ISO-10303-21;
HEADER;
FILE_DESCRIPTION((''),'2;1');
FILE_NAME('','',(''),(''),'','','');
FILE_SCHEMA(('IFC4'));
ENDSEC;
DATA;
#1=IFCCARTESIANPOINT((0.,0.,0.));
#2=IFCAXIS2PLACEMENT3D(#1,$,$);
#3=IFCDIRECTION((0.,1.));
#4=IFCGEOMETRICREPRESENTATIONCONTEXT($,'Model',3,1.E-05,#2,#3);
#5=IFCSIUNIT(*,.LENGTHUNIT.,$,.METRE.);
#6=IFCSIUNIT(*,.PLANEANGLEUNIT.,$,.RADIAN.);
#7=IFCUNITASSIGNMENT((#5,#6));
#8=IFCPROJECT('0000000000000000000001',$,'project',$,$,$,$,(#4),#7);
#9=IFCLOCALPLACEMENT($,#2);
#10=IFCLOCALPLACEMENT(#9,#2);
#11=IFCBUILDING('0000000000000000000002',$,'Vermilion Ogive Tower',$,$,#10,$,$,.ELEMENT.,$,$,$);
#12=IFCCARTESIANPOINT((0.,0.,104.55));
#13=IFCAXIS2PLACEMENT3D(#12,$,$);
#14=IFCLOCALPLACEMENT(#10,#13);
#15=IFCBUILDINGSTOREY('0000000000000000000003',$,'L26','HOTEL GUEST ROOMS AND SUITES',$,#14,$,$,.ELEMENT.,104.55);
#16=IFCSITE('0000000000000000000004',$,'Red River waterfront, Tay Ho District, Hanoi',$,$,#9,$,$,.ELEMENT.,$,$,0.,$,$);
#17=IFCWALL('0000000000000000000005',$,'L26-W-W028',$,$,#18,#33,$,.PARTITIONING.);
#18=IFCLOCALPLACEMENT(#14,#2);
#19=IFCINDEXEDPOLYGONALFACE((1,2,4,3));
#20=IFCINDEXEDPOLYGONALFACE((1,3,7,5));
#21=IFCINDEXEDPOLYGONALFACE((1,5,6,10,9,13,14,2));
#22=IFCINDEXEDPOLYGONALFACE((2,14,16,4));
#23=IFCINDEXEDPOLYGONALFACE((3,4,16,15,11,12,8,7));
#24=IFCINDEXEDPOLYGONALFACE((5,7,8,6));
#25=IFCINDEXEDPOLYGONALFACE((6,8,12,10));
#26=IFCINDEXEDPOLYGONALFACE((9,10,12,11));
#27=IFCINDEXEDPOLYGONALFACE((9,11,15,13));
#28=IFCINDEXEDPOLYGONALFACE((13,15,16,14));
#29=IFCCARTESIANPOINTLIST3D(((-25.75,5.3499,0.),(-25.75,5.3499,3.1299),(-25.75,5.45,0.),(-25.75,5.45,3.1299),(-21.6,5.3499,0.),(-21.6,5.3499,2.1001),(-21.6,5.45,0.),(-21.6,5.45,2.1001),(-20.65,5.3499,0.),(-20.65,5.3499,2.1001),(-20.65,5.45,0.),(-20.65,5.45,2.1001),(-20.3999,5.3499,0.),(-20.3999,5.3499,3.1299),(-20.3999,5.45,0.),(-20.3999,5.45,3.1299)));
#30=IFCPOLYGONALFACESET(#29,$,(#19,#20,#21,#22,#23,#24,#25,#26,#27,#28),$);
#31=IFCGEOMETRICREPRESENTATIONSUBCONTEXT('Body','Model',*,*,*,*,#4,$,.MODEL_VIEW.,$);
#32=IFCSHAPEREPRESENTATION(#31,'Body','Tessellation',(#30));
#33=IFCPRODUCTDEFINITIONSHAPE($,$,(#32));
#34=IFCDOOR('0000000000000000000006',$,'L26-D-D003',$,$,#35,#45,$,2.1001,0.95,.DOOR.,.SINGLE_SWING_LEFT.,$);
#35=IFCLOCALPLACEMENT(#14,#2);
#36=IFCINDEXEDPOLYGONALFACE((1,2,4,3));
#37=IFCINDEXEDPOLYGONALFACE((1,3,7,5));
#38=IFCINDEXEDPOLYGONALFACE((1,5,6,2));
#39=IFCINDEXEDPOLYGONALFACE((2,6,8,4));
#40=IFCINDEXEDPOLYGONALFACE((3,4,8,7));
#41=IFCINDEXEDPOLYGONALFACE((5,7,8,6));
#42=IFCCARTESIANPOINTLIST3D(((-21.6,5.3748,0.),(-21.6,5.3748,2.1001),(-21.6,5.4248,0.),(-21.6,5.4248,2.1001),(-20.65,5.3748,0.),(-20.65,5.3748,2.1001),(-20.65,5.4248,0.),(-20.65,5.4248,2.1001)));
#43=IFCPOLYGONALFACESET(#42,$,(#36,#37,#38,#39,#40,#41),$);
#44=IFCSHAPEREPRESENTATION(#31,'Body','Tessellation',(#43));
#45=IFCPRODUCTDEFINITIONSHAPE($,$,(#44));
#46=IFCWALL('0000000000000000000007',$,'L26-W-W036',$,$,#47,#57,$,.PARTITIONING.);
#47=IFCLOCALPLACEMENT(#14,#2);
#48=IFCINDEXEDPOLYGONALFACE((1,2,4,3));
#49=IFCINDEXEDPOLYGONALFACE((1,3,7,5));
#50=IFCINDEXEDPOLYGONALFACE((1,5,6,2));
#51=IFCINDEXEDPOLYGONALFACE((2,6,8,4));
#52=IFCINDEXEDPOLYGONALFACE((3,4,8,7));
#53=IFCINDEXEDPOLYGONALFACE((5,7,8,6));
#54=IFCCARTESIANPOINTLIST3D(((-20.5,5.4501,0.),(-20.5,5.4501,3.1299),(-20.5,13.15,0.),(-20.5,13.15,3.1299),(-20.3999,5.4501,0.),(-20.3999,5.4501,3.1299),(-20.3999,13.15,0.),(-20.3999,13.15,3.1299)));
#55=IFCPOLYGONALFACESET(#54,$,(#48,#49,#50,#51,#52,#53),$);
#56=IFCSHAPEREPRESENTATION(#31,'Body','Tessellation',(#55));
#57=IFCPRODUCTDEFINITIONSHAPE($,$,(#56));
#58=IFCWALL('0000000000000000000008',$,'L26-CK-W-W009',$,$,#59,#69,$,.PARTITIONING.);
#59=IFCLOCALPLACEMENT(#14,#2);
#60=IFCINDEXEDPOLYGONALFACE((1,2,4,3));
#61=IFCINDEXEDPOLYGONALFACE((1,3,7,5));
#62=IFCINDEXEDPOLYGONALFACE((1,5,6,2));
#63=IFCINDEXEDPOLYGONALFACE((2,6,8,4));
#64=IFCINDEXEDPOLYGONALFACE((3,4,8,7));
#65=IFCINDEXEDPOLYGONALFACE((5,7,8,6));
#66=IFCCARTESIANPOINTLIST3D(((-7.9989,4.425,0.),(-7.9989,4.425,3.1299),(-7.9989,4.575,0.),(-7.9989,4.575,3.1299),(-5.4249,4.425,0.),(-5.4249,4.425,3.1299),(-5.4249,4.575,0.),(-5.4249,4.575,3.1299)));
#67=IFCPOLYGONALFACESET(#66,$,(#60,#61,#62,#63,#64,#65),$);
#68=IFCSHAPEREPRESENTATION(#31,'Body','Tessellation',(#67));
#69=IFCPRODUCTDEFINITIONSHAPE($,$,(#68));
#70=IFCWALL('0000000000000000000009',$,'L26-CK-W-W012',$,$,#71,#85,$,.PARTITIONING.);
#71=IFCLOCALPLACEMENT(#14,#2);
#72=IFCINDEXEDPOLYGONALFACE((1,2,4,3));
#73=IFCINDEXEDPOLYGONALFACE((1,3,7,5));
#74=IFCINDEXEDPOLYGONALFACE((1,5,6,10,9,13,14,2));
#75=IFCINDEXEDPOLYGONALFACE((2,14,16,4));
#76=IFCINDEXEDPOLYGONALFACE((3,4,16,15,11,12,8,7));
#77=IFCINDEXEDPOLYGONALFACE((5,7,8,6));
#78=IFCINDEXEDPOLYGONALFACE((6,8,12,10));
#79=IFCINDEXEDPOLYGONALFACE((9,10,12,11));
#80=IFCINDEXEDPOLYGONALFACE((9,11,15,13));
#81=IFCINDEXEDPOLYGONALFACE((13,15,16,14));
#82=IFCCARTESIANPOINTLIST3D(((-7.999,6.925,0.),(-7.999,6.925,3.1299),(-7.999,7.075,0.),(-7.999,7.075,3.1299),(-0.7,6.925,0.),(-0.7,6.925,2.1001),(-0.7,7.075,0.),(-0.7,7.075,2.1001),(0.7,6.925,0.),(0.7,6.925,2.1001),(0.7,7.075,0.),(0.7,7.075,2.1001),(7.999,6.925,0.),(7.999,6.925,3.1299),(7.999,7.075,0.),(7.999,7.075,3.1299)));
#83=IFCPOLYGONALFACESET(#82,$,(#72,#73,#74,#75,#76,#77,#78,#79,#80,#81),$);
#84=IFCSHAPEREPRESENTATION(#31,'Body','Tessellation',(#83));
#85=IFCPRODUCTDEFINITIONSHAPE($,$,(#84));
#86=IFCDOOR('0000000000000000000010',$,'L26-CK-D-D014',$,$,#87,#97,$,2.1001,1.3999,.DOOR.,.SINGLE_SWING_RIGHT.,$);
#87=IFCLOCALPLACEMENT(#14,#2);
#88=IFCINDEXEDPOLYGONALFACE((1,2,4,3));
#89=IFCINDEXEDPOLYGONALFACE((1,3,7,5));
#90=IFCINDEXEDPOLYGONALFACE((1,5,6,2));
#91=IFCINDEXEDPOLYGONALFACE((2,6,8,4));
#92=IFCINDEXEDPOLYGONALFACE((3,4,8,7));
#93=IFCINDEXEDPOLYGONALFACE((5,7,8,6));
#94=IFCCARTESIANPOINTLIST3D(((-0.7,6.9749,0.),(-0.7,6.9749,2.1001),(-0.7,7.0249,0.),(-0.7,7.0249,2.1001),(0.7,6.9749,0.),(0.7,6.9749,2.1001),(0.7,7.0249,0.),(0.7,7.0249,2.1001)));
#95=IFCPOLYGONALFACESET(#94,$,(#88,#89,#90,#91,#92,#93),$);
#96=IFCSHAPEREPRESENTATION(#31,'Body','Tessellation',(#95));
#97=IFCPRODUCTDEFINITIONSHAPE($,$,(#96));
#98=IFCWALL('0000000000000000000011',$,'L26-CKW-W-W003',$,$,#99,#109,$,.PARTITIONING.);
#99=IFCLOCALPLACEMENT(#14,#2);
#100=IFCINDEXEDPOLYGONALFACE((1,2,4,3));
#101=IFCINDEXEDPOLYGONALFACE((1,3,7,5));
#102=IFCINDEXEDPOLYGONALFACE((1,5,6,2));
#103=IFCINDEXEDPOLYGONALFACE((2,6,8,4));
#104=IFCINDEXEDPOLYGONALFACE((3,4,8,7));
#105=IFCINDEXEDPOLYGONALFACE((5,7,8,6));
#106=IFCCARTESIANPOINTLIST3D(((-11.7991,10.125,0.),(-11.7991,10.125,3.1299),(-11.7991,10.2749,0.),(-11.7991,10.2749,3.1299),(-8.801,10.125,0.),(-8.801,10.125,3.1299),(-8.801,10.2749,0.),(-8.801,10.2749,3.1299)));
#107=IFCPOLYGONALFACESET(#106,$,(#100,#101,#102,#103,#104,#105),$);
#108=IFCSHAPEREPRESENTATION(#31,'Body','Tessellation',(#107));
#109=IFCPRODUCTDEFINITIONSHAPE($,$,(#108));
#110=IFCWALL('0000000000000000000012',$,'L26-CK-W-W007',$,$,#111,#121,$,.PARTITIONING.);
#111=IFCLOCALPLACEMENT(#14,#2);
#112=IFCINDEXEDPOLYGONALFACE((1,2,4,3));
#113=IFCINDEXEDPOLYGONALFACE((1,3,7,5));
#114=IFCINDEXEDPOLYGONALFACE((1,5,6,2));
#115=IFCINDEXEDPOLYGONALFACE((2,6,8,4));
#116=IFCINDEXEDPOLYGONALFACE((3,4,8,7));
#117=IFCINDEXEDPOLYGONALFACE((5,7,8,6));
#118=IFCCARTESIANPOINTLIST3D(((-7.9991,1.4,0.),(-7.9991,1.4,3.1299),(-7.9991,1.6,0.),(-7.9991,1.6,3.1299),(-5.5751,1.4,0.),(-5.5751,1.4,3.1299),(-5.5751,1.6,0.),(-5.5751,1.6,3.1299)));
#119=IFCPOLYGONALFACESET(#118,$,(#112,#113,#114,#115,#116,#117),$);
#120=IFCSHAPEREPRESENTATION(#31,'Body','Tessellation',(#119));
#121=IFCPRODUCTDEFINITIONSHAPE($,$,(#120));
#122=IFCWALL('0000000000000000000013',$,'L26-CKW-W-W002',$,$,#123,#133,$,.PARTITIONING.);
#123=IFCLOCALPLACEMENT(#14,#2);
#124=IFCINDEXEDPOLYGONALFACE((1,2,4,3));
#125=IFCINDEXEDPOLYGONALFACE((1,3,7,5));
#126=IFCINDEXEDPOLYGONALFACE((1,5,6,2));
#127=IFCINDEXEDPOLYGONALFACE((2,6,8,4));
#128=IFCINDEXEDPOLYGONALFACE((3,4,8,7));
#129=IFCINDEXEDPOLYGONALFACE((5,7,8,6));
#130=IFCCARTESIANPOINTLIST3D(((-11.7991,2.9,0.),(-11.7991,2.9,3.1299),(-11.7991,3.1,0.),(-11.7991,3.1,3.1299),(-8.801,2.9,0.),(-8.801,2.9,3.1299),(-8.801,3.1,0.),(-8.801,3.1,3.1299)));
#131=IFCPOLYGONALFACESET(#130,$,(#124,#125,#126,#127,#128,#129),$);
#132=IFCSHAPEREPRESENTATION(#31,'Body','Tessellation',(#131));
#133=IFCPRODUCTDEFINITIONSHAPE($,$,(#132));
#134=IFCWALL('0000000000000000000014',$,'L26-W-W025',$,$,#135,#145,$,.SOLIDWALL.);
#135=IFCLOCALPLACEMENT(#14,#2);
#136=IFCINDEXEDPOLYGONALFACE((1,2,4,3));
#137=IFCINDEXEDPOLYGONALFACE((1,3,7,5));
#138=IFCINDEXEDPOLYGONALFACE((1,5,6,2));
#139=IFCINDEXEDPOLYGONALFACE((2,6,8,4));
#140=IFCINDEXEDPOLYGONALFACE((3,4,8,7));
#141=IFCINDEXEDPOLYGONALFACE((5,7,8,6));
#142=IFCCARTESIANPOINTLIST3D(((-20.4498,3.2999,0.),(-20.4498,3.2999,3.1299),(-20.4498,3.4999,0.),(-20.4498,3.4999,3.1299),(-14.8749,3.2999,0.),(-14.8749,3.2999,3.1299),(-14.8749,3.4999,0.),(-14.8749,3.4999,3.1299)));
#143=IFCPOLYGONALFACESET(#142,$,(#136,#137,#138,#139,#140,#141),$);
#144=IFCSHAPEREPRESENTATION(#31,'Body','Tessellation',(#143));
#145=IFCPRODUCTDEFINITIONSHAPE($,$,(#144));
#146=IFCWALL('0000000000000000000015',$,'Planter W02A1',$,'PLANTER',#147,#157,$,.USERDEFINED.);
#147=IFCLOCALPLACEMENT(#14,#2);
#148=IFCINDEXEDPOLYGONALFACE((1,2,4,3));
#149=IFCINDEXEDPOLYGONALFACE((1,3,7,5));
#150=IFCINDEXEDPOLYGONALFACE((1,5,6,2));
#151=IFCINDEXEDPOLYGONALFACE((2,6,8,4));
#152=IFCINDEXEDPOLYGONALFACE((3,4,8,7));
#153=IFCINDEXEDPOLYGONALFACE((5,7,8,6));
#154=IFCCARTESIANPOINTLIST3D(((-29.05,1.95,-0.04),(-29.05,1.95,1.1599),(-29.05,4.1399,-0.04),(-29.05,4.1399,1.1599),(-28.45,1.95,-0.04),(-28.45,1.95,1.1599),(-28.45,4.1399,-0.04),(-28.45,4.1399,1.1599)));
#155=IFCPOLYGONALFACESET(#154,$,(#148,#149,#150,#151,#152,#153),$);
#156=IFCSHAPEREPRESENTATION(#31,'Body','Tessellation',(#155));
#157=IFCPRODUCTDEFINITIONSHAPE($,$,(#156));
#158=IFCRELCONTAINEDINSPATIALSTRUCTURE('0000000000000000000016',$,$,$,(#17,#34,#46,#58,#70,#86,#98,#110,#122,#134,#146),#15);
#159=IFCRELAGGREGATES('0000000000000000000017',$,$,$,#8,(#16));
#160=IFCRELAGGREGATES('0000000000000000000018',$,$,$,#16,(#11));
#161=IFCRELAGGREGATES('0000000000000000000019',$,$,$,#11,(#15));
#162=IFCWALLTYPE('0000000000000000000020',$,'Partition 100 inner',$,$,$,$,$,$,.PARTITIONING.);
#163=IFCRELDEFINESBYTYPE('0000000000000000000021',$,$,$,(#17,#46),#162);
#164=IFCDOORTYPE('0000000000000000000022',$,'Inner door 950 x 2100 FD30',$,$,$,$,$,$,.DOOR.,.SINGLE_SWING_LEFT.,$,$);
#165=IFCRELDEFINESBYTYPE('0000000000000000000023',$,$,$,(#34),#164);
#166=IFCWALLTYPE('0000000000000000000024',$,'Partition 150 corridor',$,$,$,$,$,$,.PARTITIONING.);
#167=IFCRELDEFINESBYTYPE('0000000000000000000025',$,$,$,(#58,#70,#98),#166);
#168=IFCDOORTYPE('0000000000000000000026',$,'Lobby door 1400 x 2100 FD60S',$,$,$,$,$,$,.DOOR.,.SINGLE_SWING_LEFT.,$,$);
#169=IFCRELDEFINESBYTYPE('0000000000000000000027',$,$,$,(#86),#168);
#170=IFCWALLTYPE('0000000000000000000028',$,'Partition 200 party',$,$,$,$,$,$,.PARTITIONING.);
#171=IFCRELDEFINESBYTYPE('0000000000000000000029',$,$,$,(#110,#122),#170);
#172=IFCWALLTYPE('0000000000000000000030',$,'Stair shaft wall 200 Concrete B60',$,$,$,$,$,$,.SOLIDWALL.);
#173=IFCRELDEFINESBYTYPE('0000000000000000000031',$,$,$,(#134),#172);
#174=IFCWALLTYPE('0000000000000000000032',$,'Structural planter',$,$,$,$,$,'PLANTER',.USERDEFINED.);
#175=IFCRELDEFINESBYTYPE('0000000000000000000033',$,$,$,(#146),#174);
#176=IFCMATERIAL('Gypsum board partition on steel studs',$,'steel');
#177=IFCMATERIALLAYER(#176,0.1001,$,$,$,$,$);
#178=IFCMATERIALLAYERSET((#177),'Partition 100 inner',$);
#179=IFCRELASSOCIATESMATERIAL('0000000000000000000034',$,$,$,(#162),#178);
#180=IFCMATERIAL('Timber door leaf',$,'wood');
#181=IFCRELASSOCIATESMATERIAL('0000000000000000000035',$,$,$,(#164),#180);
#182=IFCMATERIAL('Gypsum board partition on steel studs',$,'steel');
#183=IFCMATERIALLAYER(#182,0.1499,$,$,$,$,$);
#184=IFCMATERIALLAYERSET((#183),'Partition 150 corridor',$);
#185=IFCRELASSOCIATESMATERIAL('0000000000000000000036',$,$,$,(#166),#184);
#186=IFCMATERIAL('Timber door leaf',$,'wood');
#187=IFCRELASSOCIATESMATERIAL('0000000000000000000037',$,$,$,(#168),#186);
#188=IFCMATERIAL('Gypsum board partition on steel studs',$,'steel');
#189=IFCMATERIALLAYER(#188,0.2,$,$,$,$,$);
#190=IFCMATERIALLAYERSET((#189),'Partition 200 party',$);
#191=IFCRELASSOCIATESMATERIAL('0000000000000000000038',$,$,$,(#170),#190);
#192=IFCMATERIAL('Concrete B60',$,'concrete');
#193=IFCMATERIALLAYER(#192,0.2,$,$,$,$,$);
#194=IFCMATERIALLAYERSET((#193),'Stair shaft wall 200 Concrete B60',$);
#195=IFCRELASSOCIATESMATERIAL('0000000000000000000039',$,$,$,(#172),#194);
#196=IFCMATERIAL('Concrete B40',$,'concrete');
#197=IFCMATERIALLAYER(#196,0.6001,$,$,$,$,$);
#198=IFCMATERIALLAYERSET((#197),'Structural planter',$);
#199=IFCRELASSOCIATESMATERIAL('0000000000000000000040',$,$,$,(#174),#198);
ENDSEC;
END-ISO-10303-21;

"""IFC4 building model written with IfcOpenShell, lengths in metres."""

from ifc_helpers import new_model, si_unit, direction, frame, frame_2d, origin, place, context, subcontext, project, spatial, rectangle, extrude, material, layer, layer_set, type_object, element, fill, save


model = new_model("IFC4")

# Units and contexts
model_context = context("Model", 3, precision=1e-05, world=origin(), true_north=direction((0.0, 1.0)))
body_context = subcontext(model_context, "Body", "Model", "MODEL_VIEW")
ifc_project = project(units=[si_unit("LENGTHUNIT", "METRE"), si_unit("PLANEANGLEUNIT", "RADIAN")], contexts=[model_context])

# Site, building, storey
site_placement = place(None, origin())
site = spatial("IfcSite", under=ifc_project, at=site_placement, Name="Red River waterfront, Tay Ho District, Hanoi", CompositionType="ELEMENT", RefElevation=0.0)
building_placement = place(site_placement, origin())
building = spatial("IfcBuilding", under=site, at=building_placement, Name="Vermilion Ogive Tower", CompositionType="ELEMENT")
storey_placement = place(building_placement, frame((0.0, 0.0, 104.55)))
storey = spatial("IfcBuildingStorey", under=building, at=storey_placement, Name="L26", Description="HOTEL GUEST ROOMS AND SUITES", CompositionType="ELEMENT", Elevation=104.55)

# Wall, opening, door
ifc_material_1 = material(Name="Gypsum board partition on steel studs", Category="steel")
ifc_layer_1 = layer(ifc_material_1, 0.1001)
ifc_layer_set_1 = layer_set([ifc_layer_1], Name="Partition 100 inner")
wall_type_1 = type_object("IfcWallType", Name="Partition 100 inner", PredefinedType="PARTITIONING", material=ifc_layer_set_1)
ifc_material_2 = material(Name="Timber door leaf", Category="wood")
door_type_1 = type_object("IfcDoorType", Name="Inner door 950 x 2100 FD30", OperationType="SINGLE_SWING_LEFT", PredefinedType="DOOR", material=ifc_material_2)
wall_1_placement = place(storey_placement, frame((-25.75, 5.3999, 0.0), z_axis=(0.0, 0.0, 1.0), x_axis=(1.0, 0.0, 0.0)))
wall_1 = element("IfcWall", 1, at=wall_1_placement, inside=storey, type_object=wall_type_1, Name="L26-W-W028", PredefinedType="PARTITIONING", context=body_context, shape_type="SweptSolid", body=[
    extrude(rectangle(XDim=5.3501, YDim=0.1001, at=frame_2d((2.675, 0.0))), origin(), (0.0, 0.0, 1.0), 3.1299),
])
opening_1_placement = place(wall_1_placement, frame((4.1499, 0.0, 0.0)))
opening_1 = element("IfcOpeningElement", 2, at=opening_1_placement, cuts=wall_1, PredefinedType="OPENING", context=body_context, shape_type="SweptSolid", body=[
    extrude(rectangle(XDim=0.95, YDim=2.1001, at=frame_2d((0.4751, 1.05))), frame((0.0, 0.0601, 0.0), z_axis=(0.0, -1.0, 0.0), x_axis=(1.0, 0.0, 0.0)), (0.0, 0.0, 1.0), 0.1201),
])
door_1_placement = place(opening_1_placement, origin())
door_1 = element("IfcDoor", 3, at=door_1_placement, inside=storey, type_object=door_type_1, Name="L26-D-D003", OperationType="SINGLE_SWING_LEFT", OverallHeight=2.1001, OverallWidth=0.95, PredefinedType="DOOR", context=body_context, shape_type="SweptSolid", body=[
    extrude(rectangle(XDim=0.95, YDim=2.1001, at=frame_2d((0.4751, 1.05))), frame((0.0, 0.0249, 0.0), z_axis=(0.0, -1.0, 0.0), x_axis=(1.0, 0.0, 0.0)), (0.0, 0.0, 1.0), 0.05),
])
fill(opening_1, door_1)

# Walls
wall_2_placement = place(storey_placement, frame((-20.45, 5.45, 0.0), z_axis=(0.0, 0.0, 1.0), x_axis=(0.0, 1.0, 0.0)))
element("IfcWall", 4, at=wall_2_placement, inside=storey, type_object=wall_type_1, Name="L26-W-W036", PredefinedType="PARTITIONING", context=body_context, shape_type="SweptSolid", body=[
    extrude(rectangle(XDim=7.7, YDim=0.1001, at=frame_2d((3.8501, 0.0))), origin(), (0.0, 0.0, 1.0), 3.1299),
])
ifc_material_3 = material(Name="Gypsum board partition on steel studs", Category="steel")
ifc_layer_2 = layer(ifc_material_3, 0.1499)
ifc_layer_set_2 = layer_set([ifc_layer_2], Name="Partition 150 corridor")
wall_type_2 = type_object("IfcWallType", Name="Partition 150 corridor", PredefinedType="PARTITIONING", material=ifc_layer_set_2)
wall_3_placement = place(storey_placement, frame((-7.999, 4.5, 0.0), z_axis=(0.0, 0.0, 1.0), x_axis=(1.0, 0.0, 0.0)))
element("IfcWall", 5, at=wall_3_placement, inside=storey, type_object=wall_type_2, Name="L26-CK-W-W009", PredefinedType="PARTITIONING", context=body_context, shape_type="SweptSolid", body=[
    extrude(rectangle(XDim=2.574, YDim=0.1499, at=frame_2d((1.2871, 0.0))), origin(), (0.0, 0.0, 1.0), 3.1299),
])

# Wall, opening, door
wall_4_placement = place(storey_placement, frame((-7.999, 7.0, 0.0), z_axis=(0.0, 0.0, 1.0), x_axis=(1.0, 0.0, 0.0)))
wall_4 = element("IfcWall", 6, at=wall_4_placement, inside=storey, type_object=wall_type_2, Name="L26-CK-W-W012", PredefinedType="PARTITIONING", context=body_context, shape_type="SweptSolid", body=[
    extrude(rectangle(XDim=15.998, YDim=0.1499, at=frame_2d((7.999, 0.0))), origin(), (0.0, 0.0, 1.0), 3.1299),
])
opening_2_placement = place(wall_4_placement, frame((7.2991, 0.0, 0.0)))
opening_2 = element("IfcOpeningElement", 7, at=opening_2_placement, cuts=wall_4, PredefinedType="OPENING", context=body_context, shape_type="SweptSolid", body=[
    extrude(rectangle(XDim=1.3999, YDim=2.1001, at=frame_2d((0.7, 1.05))), frame((0.0, 0.085, 0.0), z_axis=(0.0, -1.0, 0.0), x_axis=(1.0, 0.0, 0.0)), (0.0, 0.0, 1.0), 0.1699),
])
ifc_material_4 = material(Name="Timber door leaf", Category="wood")
door_type_2 = type_object("IfcDoorType", Name="Lobby door 1400 x 2100 FD60S", OperationType="SINGLE_SWING_LEFT", PredefinedType="DOOR", material=ifc_material_4)
door_2_placement = place(opening_2_placement, origin())
door_2 = element("IfcDoor", 8, at=door_2_placement, inside=storey, type_object=door_type_2, Name="L26-CK-D-D014", OperationType="SINGLE_SWING_RIGHT", OverallHeight=2.1001, OverallWidth=1.3999, PredefinedType="DOOR", context=body_context, shape_type="SweptSolid", body=[
    extrude(rectangle(XDim=1.3999, YDim=2.1001, at=frame_2d((0.7, 1.05))), frame((0.0, 0.0249, 0.0), z_axis=(0.0, -1.0, 0.0), x_axis=(1.0, 0.0, 0.0)), (0.0, 0.0, 1.0), 0.05),
])
fill(opening_2, door_2)

# Walls
wall_5_placement = place(storey_placement, frame((-11.7991, 10.2, 0.0), z_axis=(0.0, 0.0, 1.0), x_axis=(1.0, 0.0, 0.0)))
element("IfcWall", 9, at=wall_5_placement, inside=storey, type_object=wall_type_2, Name="L26-CKW-W-W003", PredefinedType="PARTITIONING", context=body_context, shape_type="SweptSolid", body=[
    extrude(rectangle(XDim=2.998, YDim=0.1499, at=frame_2d((1.499, 0.0))), origin(), (0.0, 0.0, 1.0), 3.1299),
])
ifc_material_5 = material(Name="Gypsum board partition on steel studs", Category="steel")
ifc_layer_3 = layer(ifc_material_5, 0.2)
ifc_layer_set_3 = layer_set([ifc_layer_3], Name="Partition 200 party")
wall_type_3 = type_object("IfcWallType", Name="Partition 200 party", PredefinedType="PARTITIONING", material=ifc_layer_set_3)
wall_6_placement = place(storey_placement, frame((-7.999, 1.5, 0.0), z_axis=(0.0, 0.0, 1.0), x_axis=(1.0, 0.0, 0.0)))
element("IfcWall", 10, at=wall_6_placement, inside=storey, type_object=wall_type_3, Name="L26-CK-W-W007", PredefinedType="PARTITIONING", context=body_context, shape_type="SweptSolid", body=[
    extrude(rectangle(XDim=2.4241, YDim=0.2, at=frame_2d((1.2119, 0.0))), origin(), (0.0, 0.0, 1.0), 3.1299),
])
wall_7_placement = place(storey_placement, frame((-11.7991, 3.0, 0.0), z_axis=(0.0, 0.0, 1.0), x_axis=(1.0, 0.0, 0.0)))
element("IfcWall", 11, at=wall_7_placement, inside=storey, type_object=wall_type_3, Name="L26-CKW-W-W002", PredefinedType="PARTITIONING", context=body_context, shape_type="SweptSolid", body=[
    extrude(rectangle(XDim=2.998, YDim=0.2, at=frame_2d((1.499, 0.0))), origin(), (0.0, 0.0, 1.0), 3.1299),
])
ifc_material_6 = material(Name="Concrete B60", Category="concrete")
ifc_layer_4 = layer(ifc_material_6, 0.2)
ifc_layer_set_4 = layer_set([ifc_layer_4], Name="Stair shaft wall 200 Concrete B60")
wall_type_4 = type_object("IfcWallType", Name="Stair shaft wall 200 Concrete B60", PredefinedType="SOLIDWALL", material=ifc_layer_set_4)
wall_8_placement = place(storey_placement, frame((-20.45, 3.3999, 0.0), z_axis=(0.0, 0.0, 1.0), x_axis=(1.0, 0.0, 0.0)))
element("IfcWall", 12, at=wall_8_placement, inside=storey, type_object=wall_type_4, Name="L26-W-W025", PredefinedType="SOLIDWALL", context=body_context, shape_type="SweptSolid", body=[
    extrude(rectangle(XDim=5.575, YDim=0.2, at=frame_2d((2.7876, 0.0))), origin(), (0.0, 0.0, 1.0), 3.1299),
])
ifc_material_7 = material(Name="Concrete B40", Category="concrete")
ifc_layer_5 = layer(ifc_material_7, 0.6001)
ifc_layer_set_5 = layer_set([ifc_layer_5], Name="Structural planter")
wall_type_5 = type_object("IfcWallType", Name="Structural planter", ElementType="PLANTER", PredefinedType="USERDEFINED", material=ifc_layer_set_5)
wall_9_placement = place(storey_placement, frame((-28.75, 4.1399, -0.04), z_axis=(0.0, 0.0, 1.0), x_axis=(0.0, -1.0, 0.0)))
element("IfcWall", 13, at=wall_9_placement, inside=storey, type_object=wall_type_5, Name="Planter W02A1", ObjectType="PLANTER", PredefinedType="USERDEFINED", context=body_context, shape_type="SweptSolid", body=[
    extrude(rectangle(XDim=2.1899, YDim=0.6001, at=frame_2d((1.095, 0.0))), origin(), (0.0, 0.0, 1.0), 1.2),
])

save(model, "model.ifc")
